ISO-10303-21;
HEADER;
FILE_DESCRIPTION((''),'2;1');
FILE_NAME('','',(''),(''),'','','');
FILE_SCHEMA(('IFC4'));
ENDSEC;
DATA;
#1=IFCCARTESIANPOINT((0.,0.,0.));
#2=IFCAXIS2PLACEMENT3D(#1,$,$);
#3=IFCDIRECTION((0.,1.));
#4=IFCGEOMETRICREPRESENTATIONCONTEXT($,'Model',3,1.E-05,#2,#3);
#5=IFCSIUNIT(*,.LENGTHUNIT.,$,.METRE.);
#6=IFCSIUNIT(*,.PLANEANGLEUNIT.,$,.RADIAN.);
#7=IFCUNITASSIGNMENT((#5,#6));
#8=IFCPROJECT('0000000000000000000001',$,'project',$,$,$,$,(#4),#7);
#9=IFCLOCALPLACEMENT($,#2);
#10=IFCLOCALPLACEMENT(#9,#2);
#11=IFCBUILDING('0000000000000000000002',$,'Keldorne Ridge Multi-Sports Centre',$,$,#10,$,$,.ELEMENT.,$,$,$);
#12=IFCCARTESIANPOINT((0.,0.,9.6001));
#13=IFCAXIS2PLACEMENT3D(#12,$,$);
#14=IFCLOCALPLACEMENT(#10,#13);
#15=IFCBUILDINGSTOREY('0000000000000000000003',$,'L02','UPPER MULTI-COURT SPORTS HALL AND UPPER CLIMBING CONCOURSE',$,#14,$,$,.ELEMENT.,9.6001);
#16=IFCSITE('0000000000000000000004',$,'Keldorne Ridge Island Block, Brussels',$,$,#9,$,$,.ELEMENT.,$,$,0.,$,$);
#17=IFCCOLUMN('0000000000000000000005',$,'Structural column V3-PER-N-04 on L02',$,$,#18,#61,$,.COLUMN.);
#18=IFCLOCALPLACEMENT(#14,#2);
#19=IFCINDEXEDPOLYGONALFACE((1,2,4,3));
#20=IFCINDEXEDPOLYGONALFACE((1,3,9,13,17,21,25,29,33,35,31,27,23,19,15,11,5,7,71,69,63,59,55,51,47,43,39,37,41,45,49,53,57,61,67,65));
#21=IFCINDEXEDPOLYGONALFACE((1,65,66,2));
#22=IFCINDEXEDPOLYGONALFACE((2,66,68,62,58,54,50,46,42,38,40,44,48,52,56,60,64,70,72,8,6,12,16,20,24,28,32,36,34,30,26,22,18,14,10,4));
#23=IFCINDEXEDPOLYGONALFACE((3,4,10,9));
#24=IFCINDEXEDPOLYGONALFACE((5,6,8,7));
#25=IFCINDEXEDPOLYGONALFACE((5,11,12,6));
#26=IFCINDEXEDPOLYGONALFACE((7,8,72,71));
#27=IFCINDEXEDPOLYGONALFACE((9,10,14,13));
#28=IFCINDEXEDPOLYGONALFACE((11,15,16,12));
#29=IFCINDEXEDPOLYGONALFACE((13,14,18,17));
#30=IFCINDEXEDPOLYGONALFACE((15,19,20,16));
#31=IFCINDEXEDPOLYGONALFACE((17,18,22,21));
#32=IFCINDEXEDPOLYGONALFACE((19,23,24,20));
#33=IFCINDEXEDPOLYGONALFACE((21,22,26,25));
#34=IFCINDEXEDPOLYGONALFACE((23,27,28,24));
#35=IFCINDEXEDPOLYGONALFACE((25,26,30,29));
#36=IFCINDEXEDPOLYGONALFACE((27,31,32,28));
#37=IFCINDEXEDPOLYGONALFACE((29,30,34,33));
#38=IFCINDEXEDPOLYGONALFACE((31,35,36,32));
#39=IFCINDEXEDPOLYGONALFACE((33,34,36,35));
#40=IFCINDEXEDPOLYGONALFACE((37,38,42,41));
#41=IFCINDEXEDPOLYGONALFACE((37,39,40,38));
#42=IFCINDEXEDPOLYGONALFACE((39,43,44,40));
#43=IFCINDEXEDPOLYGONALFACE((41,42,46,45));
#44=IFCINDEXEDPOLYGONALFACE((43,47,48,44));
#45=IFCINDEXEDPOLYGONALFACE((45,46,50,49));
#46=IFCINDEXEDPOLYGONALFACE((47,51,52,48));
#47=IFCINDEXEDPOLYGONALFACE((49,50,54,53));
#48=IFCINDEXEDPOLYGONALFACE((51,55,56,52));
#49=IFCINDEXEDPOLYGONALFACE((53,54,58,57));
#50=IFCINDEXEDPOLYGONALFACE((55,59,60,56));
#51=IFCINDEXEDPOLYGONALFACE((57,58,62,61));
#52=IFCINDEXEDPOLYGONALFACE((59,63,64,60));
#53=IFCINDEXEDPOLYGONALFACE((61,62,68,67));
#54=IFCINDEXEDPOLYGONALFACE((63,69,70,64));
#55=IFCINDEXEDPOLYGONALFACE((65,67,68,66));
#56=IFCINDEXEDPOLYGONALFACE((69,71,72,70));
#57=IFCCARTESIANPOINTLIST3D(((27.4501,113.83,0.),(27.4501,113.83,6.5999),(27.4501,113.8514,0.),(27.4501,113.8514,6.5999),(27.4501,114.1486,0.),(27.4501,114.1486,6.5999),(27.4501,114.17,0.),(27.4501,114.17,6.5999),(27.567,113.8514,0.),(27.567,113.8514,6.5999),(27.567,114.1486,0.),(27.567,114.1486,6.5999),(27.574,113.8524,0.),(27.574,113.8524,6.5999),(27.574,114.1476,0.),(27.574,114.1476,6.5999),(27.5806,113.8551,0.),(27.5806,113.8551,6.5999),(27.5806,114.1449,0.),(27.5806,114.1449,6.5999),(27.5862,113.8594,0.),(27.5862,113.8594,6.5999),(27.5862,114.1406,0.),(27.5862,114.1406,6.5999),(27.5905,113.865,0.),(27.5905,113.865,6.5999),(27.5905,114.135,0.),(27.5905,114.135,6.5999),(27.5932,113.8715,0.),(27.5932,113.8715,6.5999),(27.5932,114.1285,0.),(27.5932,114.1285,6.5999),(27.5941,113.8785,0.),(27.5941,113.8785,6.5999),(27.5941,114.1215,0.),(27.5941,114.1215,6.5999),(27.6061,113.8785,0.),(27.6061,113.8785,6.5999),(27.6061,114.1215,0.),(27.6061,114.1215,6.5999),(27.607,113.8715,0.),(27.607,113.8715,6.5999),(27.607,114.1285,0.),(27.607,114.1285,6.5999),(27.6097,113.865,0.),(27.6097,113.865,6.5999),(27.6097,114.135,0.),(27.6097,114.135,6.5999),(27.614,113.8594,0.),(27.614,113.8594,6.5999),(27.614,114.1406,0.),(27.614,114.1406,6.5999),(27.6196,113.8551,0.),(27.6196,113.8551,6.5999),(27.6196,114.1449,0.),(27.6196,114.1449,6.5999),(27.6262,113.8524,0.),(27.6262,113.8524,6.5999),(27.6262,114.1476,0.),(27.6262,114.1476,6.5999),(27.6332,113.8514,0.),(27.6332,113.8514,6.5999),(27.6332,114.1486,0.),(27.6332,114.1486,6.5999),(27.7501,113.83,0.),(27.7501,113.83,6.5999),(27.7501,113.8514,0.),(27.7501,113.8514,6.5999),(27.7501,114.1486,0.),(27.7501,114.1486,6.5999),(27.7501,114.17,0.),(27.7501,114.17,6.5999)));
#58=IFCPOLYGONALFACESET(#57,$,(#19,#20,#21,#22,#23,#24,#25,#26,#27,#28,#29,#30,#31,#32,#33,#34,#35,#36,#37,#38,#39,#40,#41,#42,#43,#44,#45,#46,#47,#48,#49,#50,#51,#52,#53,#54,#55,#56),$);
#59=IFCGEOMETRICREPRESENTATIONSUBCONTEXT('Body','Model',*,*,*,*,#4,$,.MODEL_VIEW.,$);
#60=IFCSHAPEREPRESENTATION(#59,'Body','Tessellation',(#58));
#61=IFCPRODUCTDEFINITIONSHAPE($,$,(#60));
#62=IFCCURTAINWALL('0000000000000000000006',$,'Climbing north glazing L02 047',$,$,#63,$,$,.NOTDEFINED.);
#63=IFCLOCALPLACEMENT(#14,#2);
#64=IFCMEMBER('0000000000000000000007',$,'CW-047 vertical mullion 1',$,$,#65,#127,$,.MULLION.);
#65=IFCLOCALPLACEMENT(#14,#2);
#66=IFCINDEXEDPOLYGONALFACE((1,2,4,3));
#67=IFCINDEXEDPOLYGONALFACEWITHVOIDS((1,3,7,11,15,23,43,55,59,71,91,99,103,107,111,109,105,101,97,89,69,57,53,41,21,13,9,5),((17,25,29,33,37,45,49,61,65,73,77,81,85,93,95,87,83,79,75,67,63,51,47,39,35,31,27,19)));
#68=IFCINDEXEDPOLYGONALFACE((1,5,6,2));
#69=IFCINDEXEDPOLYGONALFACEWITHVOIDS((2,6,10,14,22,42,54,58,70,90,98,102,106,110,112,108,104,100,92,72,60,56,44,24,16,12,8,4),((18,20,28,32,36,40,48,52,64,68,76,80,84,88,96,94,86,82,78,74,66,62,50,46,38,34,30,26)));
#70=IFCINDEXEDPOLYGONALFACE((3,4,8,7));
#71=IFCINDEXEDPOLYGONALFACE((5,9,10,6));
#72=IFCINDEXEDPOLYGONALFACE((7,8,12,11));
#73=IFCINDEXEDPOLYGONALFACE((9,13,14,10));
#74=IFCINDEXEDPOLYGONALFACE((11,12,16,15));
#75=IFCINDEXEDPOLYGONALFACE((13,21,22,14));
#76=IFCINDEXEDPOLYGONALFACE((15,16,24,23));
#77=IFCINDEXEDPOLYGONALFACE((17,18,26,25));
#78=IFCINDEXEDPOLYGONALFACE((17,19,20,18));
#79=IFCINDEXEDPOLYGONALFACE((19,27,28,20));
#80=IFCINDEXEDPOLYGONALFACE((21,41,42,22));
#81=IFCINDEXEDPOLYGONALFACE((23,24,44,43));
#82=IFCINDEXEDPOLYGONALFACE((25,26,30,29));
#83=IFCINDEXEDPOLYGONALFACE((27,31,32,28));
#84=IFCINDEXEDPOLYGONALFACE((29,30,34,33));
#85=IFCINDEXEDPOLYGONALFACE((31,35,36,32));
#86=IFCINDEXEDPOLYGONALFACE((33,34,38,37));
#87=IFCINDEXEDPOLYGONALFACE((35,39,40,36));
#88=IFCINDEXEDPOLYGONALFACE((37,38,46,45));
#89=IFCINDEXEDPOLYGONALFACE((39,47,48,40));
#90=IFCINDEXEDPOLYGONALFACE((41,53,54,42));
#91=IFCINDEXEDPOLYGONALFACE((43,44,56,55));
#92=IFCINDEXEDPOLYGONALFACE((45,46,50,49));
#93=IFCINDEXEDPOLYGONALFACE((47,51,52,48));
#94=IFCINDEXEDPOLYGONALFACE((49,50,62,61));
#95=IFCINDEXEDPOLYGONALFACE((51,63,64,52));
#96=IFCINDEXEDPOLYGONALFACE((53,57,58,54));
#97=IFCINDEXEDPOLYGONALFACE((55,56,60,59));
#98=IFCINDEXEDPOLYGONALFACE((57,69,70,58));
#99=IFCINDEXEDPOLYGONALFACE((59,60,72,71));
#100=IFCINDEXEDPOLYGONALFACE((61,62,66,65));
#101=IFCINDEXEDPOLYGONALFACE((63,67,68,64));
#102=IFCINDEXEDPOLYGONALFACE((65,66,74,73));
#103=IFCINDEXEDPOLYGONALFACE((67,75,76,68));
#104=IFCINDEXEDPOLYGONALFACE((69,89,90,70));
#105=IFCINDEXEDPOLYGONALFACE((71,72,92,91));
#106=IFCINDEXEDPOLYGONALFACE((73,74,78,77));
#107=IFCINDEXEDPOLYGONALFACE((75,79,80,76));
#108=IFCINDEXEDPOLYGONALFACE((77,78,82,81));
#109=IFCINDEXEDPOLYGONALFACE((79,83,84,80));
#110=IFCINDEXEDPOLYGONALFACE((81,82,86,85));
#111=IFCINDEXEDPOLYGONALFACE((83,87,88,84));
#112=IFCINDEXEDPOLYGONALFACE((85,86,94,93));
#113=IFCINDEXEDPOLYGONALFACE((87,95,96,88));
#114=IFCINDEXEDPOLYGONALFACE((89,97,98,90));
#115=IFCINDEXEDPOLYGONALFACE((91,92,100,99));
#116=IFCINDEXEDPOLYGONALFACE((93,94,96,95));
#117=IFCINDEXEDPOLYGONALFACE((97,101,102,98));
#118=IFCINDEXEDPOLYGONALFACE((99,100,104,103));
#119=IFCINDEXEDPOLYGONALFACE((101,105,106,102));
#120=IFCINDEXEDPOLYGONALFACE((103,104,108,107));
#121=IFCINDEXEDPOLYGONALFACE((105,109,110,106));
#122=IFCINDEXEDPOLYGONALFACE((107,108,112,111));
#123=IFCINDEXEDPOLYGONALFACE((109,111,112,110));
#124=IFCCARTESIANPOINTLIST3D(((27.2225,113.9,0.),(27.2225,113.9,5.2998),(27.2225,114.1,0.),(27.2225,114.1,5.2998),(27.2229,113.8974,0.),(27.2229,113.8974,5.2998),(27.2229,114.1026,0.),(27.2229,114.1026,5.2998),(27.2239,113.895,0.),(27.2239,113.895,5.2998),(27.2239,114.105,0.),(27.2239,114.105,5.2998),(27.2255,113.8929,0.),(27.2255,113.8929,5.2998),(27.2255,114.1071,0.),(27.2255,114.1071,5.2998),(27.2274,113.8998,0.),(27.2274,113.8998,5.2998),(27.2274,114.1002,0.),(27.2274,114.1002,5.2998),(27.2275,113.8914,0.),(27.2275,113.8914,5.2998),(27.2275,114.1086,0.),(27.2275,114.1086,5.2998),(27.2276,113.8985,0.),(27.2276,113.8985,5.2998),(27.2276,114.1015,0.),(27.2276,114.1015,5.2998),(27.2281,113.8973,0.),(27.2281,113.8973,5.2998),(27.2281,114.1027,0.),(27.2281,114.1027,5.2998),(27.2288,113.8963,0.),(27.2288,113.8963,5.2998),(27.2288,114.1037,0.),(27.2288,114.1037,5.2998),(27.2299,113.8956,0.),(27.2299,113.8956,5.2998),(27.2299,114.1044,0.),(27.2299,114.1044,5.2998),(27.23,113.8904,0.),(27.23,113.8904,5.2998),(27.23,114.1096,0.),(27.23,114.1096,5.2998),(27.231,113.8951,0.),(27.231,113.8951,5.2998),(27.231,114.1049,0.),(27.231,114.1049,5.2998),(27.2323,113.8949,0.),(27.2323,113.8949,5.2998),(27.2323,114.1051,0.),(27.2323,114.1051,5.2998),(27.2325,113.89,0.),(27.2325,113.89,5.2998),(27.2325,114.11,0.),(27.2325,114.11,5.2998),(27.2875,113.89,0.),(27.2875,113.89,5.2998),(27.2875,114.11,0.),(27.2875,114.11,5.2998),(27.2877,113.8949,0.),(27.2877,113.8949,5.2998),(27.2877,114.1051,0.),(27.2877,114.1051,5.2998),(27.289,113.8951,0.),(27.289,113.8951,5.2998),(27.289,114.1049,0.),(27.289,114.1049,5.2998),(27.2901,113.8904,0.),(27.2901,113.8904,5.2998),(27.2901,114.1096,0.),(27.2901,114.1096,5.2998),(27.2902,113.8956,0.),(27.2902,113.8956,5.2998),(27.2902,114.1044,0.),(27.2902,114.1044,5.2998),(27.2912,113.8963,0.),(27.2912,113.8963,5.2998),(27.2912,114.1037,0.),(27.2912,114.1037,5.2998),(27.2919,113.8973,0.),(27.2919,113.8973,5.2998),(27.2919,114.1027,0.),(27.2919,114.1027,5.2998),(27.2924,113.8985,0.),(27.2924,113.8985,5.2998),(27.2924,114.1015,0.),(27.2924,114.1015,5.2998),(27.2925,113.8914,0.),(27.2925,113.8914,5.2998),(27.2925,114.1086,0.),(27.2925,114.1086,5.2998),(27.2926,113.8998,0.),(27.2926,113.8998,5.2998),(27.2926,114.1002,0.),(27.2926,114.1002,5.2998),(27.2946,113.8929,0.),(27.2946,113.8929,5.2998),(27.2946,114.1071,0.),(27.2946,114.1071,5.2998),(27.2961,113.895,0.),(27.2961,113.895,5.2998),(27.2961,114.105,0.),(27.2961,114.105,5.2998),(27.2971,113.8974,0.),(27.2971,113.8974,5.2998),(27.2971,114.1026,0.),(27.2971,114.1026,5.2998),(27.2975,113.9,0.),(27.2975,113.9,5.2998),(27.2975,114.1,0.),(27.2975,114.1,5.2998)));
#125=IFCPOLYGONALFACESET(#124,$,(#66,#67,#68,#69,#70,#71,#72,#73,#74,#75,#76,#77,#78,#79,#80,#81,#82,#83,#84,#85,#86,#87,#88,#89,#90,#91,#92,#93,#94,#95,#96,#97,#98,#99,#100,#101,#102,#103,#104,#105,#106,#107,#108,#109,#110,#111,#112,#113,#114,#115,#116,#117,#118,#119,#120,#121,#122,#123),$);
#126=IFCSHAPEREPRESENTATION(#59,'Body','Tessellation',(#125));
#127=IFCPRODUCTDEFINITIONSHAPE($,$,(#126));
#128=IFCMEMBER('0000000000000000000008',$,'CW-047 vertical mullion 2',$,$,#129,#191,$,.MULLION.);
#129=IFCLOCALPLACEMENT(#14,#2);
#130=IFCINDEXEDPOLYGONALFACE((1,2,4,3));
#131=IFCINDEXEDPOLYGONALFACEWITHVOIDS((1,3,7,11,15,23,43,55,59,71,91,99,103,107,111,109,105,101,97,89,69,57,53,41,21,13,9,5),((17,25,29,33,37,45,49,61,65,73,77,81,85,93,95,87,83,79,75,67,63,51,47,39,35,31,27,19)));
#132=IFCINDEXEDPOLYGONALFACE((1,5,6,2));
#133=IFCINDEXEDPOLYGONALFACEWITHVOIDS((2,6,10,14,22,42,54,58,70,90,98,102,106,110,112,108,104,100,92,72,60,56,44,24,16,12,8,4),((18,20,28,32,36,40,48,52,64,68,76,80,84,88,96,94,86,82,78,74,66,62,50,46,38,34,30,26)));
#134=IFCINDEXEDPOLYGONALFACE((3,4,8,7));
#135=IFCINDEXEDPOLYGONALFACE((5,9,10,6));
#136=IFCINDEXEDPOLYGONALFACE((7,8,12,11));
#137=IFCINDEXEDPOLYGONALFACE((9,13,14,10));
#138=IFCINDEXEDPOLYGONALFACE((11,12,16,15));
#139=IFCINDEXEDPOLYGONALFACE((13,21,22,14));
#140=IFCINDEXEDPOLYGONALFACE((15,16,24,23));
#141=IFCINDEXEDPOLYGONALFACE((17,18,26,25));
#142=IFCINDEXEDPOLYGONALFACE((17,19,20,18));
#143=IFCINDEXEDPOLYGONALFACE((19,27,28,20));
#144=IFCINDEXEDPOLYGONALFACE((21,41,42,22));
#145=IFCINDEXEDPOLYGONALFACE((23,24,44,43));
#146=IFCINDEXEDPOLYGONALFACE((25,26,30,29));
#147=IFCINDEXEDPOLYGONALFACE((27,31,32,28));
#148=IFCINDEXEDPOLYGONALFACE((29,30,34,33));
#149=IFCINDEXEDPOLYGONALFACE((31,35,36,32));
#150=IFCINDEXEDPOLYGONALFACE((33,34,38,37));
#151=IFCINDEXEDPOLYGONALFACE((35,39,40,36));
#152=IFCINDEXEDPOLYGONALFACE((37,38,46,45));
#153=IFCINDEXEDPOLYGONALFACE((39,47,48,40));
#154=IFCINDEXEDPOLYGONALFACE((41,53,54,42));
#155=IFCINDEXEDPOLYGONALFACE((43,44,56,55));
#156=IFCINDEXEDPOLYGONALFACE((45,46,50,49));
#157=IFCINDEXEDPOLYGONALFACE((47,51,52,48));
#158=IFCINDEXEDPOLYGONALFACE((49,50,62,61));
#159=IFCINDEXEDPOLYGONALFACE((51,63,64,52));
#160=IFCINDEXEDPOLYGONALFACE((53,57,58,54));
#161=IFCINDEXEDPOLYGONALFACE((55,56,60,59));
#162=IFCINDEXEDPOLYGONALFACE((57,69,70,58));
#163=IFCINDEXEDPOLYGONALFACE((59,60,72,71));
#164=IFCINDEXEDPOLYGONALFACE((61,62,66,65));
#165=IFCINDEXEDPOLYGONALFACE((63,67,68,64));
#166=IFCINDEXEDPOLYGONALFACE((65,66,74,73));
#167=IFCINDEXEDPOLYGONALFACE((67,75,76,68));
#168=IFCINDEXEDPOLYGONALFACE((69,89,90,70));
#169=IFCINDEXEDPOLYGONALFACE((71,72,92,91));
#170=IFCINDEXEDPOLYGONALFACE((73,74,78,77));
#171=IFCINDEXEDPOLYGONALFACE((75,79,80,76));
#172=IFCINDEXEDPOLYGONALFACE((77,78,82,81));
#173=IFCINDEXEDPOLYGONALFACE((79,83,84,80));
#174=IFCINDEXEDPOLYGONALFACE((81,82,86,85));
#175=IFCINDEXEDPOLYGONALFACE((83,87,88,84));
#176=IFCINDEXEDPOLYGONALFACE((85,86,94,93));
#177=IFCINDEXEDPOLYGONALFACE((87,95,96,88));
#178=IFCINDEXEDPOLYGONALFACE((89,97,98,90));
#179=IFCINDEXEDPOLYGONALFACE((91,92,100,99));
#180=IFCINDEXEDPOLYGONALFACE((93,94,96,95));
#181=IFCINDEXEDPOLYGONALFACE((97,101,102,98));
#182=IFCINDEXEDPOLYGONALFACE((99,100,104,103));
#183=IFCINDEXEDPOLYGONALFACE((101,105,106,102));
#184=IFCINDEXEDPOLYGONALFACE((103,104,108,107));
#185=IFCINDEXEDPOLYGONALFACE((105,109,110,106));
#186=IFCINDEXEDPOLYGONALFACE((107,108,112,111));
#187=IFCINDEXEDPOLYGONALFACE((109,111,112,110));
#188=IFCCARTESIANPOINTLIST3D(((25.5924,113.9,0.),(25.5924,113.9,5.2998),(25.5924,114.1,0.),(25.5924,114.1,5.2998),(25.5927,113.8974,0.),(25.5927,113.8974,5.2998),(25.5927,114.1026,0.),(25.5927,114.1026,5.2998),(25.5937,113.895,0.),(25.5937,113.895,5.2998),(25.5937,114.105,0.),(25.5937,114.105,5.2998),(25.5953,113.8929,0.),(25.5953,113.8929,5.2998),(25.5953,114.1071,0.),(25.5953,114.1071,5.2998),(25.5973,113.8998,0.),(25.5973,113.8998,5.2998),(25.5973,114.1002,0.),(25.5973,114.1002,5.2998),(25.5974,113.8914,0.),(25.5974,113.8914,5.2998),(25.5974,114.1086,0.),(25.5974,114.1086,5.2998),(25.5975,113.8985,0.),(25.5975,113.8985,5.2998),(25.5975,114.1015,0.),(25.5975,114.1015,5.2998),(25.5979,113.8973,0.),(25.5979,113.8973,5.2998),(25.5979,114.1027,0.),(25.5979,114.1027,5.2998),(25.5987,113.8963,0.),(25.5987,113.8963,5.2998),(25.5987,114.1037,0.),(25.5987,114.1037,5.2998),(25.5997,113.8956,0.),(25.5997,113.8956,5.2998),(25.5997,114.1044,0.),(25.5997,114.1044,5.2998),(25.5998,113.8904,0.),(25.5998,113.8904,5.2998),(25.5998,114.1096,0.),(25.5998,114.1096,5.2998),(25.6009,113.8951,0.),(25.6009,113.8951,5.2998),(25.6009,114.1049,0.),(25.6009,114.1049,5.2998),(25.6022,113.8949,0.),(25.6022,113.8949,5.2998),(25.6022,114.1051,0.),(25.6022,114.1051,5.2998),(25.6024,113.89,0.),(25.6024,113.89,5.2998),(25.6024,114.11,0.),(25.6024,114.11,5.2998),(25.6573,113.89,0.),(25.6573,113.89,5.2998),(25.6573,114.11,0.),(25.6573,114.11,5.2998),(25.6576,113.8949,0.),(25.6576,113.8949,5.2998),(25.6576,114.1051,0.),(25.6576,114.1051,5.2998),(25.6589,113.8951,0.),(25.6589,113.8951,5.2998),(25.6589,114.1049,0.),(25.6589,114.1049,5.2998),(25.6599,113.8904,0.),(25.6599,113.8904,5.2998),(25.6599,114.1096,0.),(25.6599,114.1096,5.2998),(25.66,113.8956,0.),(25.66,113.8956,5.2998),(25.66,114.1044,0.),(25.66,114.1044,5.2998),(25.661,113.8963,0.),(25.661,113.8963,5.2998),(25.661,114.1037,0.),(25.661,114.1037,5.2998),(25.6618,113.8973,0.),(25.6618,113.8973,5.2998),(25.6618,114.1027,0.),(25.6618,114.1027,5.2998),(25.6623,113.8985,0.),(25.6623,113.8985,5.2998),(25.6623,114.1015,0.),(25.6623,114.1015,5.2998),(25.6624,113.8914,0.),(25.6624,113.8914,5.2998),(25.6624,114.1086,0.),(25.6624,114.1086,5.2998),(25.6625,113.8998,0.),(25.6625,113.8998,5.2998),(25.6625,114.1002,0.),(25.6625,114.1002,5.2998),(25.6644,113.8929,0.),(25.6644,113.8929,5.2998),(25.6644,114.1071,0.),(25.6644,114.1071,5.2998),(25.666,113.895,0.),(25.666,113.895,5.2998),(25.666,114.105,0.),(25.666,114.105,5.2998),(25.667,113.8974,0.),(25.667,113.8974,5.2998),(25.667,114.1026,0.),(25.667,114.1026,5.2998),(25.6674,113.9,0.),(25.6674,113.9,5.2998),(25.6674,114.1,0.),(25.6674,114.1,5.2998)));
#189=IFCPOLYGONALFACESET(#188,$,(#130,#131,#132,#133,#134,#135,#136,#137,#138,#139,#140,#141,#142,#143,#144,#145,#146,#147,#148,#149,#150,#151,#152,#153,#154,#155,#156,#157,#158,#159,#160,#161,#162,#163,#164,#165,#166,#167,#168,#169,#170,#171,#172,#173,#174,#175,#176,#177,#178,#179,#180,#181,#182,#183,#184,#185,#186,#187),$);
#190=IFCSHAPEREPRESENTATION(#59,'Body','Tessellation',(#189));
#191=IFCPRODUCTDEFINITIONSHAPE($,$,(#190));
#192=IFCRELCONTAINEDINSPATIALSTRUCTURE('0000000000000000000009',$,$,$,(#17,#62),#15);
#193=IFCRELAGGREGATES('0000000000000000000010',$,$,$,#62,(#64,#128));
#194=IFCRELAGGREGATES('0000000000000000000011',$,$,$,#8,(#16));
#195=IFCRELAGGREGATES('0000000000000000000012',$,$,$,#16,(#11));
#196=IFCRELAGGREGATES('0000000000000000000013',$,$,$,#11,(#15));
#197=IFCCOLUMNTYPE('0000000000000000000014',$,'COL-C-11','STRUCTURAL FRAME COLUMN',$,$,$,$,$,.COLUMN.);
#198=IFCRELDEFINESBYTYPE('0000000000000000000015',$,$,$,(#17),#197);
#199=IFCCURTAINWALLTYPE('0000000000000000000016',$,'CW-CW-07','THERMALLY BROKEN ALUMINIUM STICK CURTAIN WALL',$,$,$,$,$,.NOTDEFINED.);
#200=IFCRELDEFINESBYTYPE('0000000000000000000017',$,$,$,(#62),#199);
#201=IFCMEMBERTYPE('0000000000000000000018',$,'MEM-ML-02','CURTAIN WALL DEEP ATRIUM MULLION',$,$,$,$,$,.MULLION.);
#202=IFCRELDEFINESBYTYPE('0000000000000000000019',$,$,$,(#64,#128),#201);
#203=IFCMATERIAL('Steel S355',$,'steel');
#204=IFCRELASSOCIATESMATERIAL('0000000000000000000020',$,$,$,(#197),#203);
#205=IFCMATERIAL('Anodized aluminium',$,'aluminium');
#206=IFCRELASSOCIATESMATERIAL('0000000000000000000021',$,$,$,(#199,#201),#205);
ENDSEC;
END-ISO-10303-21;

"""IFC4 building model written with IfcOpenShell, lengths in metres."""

from ifc_helpers import new_model, si_unit, direction, frame, origin, origin_2d, place, context, subcontext, project, spatial, hollow_rectangle, i_section, extrude, material, material_profile, profile_set, type_object, element, aggregate, save


model = new_model("IFC4")

# Units and contexts
model_context = context("Model", 3, precision=1e-05, world=origin(), true_north=direction((0.0, 1.0)))
body_context = subcontext(model_context, "Body", "Model", "MODEL_VIEW")
ifc_project = project(units=[si_unit("LENGTHUNIT", "METRE"), si_unit("PLANEANGLEUNIT", "RADIAN")], contexts=[model_context])

# Site, building, storey
site_placement = place(None, origin())
site = spatial("IfcSite", under=ifc_project, at=site_placement, Name="Keldorne Ridge Island Block, Brussels", CompositionType="ELEMENT", RefElevation=0.0)
building_placement = place(site_placement, origin())
building = spatial("IfcBuilding", under=site, at=building_placement, Name="Keldorne Ridge Multi-Sports Centre", CompositionType="ELEMENT")
storey_placement = place(building_placement, frame((0.0, 0.0, 9.6001)))
storey = spatial("IfcBuildingStorey", under=building, at=storey_placement, Name="L02", Description="UPPER MULTI-COURT SPORTS HALL AND UPPER CLIMBING CONCOURSE", CompositionType="ELEMENT", Elevation=9.6001)

# Column
ifc_material_1 = material(Name="Steel S355", Category="steel")
ifc_material_profile_1 = material_profile(ifc_material_1, i_section(OverallWidth=0.3, OverallDepth=0.3401, WebThickness=0.012, FlangeThickness=0.0215, FilletRadius=0.0271, at=origin_2d()), Name="HEB 340")
ifc_profile_set_1 = profile_set([ifc_material_profile_1], Name="Steel S355")
column_type = type_object("IfcColumnType", Name="COL-C-11", Description="STRUCTURAL FRAME COLUMN", PredefinedType="COLUMN", material=ifc_profile_set_1)
column_placement = place(storey_placement, frame((27.6001, 114.0, 0.0), z_axis=(0.0, 0.0, 1.0), x_axis=(1.0, 0.0, 0.0)))
element("IfcColumn", 1, at=column_placement, inside=storey, type_object=column_type, Name="Structural column V3-PER-N-04 on L02", PredefinedType="COLUMN", context=body_context, shape_type="SweptSolid", body=[
    extrude(i_section(OverallWidth=0.3, OverallDepth=0.3401, WebThickness=0.012, FlangeThickness=0.0215, FilletRadius=0.0271, at=origin_2d()), origin(), (0.0, 0.0, 1.0), 6.5999),
])

# Curtain wall, members
ifc_material_2 = material(Name="Anodized aluminium", Category="aluminium")
curtain_wall_type = type_object("IfcCurtainWallType", Name="CW-CW-07", Description="THERMALLY BROKEN ALUMINIUM STICK CURTAIN WALL", PredefinedType="NOTDEFINED", material=ifc_material_2)
curtain_wall_placement = place(storey_placement, origin())
curtain_wall = element("IfcCurtainWall", 2, at=curtain_wall_placement, inside=storey, type_object=curtain_wall_type, Name="Climbing north glazing L02 047", PredefinedType="NOTDEFINED")
ifc_material_profile_2 = material_profile(ifc_material_2, hollow_rectangle(XDim=0.075, YDim=0.22, WallThickness=0.0049, InnerFilletRadius=0.0049, OuterFilletRadius=0.01, at=origin_2d()), Name="ALU MULLION 220x75x5")
ifc_profile_set_2 = profile_set([ifc_material_profile_2], Name="Anodized aluminium")
member_type_1 = type_object("IfcMemberType", Name="MEM-ML-02", Description="CURTAIN WALL DEEP ATRIUM MULLION", PredefinedType="MULLION", material=ifc_profile_set_2)
member_1_placement = place(storey_placement, frame((27.26, 114.0, 0.0), z_axis=(0.0, 0.0, 1.0), x_axis=(1.0, 0.0, 0.0)))
member_1 = element("IfcMember", 3, at=member_1_placement, type_object=member_type_1, Name="CW-047 vertical mullion 1", PredefinedType="MULLION", context=body_context, shape_type="SweptSolid", body=[
    extrude(hollow_rectangle(XDim=0.075, YDim=0.22, WallThickness=0.0049, InnerFilletRadius=0.0049, OuterFilletRadius=0.01, at=origin_2d()), origin(), (0.0, 0.0, 1.0), 5.2998),
])
member_2_placement = place(storey_placement, frame((25.6299, 114.0, 0.0), z_axis=(0.0, 0.0, 1.0), x_axis=(1.0, 0.0, 0.0)))
member_2 = element("IfcMember", 4, at=member_2_placement, type_object=member_type_1, Name="CW-047 vertical mullion 2", PredefinedType="MULLION", context=body_context, shape_type="SweptSolid", body=[
    extrude(hollow_rectangle(XDim=0.075, YDim=0.22, WallThickness=0.0049, InnerFilletRadius=0.0049, OuterFilletRadius=0.01, at=origin_2d()), origin(), (0.0, 0.0, 1.0), 5.2998),
])

aggregate(curtain_wall, [member_1, member_2])

save(model, "model.ifc")
